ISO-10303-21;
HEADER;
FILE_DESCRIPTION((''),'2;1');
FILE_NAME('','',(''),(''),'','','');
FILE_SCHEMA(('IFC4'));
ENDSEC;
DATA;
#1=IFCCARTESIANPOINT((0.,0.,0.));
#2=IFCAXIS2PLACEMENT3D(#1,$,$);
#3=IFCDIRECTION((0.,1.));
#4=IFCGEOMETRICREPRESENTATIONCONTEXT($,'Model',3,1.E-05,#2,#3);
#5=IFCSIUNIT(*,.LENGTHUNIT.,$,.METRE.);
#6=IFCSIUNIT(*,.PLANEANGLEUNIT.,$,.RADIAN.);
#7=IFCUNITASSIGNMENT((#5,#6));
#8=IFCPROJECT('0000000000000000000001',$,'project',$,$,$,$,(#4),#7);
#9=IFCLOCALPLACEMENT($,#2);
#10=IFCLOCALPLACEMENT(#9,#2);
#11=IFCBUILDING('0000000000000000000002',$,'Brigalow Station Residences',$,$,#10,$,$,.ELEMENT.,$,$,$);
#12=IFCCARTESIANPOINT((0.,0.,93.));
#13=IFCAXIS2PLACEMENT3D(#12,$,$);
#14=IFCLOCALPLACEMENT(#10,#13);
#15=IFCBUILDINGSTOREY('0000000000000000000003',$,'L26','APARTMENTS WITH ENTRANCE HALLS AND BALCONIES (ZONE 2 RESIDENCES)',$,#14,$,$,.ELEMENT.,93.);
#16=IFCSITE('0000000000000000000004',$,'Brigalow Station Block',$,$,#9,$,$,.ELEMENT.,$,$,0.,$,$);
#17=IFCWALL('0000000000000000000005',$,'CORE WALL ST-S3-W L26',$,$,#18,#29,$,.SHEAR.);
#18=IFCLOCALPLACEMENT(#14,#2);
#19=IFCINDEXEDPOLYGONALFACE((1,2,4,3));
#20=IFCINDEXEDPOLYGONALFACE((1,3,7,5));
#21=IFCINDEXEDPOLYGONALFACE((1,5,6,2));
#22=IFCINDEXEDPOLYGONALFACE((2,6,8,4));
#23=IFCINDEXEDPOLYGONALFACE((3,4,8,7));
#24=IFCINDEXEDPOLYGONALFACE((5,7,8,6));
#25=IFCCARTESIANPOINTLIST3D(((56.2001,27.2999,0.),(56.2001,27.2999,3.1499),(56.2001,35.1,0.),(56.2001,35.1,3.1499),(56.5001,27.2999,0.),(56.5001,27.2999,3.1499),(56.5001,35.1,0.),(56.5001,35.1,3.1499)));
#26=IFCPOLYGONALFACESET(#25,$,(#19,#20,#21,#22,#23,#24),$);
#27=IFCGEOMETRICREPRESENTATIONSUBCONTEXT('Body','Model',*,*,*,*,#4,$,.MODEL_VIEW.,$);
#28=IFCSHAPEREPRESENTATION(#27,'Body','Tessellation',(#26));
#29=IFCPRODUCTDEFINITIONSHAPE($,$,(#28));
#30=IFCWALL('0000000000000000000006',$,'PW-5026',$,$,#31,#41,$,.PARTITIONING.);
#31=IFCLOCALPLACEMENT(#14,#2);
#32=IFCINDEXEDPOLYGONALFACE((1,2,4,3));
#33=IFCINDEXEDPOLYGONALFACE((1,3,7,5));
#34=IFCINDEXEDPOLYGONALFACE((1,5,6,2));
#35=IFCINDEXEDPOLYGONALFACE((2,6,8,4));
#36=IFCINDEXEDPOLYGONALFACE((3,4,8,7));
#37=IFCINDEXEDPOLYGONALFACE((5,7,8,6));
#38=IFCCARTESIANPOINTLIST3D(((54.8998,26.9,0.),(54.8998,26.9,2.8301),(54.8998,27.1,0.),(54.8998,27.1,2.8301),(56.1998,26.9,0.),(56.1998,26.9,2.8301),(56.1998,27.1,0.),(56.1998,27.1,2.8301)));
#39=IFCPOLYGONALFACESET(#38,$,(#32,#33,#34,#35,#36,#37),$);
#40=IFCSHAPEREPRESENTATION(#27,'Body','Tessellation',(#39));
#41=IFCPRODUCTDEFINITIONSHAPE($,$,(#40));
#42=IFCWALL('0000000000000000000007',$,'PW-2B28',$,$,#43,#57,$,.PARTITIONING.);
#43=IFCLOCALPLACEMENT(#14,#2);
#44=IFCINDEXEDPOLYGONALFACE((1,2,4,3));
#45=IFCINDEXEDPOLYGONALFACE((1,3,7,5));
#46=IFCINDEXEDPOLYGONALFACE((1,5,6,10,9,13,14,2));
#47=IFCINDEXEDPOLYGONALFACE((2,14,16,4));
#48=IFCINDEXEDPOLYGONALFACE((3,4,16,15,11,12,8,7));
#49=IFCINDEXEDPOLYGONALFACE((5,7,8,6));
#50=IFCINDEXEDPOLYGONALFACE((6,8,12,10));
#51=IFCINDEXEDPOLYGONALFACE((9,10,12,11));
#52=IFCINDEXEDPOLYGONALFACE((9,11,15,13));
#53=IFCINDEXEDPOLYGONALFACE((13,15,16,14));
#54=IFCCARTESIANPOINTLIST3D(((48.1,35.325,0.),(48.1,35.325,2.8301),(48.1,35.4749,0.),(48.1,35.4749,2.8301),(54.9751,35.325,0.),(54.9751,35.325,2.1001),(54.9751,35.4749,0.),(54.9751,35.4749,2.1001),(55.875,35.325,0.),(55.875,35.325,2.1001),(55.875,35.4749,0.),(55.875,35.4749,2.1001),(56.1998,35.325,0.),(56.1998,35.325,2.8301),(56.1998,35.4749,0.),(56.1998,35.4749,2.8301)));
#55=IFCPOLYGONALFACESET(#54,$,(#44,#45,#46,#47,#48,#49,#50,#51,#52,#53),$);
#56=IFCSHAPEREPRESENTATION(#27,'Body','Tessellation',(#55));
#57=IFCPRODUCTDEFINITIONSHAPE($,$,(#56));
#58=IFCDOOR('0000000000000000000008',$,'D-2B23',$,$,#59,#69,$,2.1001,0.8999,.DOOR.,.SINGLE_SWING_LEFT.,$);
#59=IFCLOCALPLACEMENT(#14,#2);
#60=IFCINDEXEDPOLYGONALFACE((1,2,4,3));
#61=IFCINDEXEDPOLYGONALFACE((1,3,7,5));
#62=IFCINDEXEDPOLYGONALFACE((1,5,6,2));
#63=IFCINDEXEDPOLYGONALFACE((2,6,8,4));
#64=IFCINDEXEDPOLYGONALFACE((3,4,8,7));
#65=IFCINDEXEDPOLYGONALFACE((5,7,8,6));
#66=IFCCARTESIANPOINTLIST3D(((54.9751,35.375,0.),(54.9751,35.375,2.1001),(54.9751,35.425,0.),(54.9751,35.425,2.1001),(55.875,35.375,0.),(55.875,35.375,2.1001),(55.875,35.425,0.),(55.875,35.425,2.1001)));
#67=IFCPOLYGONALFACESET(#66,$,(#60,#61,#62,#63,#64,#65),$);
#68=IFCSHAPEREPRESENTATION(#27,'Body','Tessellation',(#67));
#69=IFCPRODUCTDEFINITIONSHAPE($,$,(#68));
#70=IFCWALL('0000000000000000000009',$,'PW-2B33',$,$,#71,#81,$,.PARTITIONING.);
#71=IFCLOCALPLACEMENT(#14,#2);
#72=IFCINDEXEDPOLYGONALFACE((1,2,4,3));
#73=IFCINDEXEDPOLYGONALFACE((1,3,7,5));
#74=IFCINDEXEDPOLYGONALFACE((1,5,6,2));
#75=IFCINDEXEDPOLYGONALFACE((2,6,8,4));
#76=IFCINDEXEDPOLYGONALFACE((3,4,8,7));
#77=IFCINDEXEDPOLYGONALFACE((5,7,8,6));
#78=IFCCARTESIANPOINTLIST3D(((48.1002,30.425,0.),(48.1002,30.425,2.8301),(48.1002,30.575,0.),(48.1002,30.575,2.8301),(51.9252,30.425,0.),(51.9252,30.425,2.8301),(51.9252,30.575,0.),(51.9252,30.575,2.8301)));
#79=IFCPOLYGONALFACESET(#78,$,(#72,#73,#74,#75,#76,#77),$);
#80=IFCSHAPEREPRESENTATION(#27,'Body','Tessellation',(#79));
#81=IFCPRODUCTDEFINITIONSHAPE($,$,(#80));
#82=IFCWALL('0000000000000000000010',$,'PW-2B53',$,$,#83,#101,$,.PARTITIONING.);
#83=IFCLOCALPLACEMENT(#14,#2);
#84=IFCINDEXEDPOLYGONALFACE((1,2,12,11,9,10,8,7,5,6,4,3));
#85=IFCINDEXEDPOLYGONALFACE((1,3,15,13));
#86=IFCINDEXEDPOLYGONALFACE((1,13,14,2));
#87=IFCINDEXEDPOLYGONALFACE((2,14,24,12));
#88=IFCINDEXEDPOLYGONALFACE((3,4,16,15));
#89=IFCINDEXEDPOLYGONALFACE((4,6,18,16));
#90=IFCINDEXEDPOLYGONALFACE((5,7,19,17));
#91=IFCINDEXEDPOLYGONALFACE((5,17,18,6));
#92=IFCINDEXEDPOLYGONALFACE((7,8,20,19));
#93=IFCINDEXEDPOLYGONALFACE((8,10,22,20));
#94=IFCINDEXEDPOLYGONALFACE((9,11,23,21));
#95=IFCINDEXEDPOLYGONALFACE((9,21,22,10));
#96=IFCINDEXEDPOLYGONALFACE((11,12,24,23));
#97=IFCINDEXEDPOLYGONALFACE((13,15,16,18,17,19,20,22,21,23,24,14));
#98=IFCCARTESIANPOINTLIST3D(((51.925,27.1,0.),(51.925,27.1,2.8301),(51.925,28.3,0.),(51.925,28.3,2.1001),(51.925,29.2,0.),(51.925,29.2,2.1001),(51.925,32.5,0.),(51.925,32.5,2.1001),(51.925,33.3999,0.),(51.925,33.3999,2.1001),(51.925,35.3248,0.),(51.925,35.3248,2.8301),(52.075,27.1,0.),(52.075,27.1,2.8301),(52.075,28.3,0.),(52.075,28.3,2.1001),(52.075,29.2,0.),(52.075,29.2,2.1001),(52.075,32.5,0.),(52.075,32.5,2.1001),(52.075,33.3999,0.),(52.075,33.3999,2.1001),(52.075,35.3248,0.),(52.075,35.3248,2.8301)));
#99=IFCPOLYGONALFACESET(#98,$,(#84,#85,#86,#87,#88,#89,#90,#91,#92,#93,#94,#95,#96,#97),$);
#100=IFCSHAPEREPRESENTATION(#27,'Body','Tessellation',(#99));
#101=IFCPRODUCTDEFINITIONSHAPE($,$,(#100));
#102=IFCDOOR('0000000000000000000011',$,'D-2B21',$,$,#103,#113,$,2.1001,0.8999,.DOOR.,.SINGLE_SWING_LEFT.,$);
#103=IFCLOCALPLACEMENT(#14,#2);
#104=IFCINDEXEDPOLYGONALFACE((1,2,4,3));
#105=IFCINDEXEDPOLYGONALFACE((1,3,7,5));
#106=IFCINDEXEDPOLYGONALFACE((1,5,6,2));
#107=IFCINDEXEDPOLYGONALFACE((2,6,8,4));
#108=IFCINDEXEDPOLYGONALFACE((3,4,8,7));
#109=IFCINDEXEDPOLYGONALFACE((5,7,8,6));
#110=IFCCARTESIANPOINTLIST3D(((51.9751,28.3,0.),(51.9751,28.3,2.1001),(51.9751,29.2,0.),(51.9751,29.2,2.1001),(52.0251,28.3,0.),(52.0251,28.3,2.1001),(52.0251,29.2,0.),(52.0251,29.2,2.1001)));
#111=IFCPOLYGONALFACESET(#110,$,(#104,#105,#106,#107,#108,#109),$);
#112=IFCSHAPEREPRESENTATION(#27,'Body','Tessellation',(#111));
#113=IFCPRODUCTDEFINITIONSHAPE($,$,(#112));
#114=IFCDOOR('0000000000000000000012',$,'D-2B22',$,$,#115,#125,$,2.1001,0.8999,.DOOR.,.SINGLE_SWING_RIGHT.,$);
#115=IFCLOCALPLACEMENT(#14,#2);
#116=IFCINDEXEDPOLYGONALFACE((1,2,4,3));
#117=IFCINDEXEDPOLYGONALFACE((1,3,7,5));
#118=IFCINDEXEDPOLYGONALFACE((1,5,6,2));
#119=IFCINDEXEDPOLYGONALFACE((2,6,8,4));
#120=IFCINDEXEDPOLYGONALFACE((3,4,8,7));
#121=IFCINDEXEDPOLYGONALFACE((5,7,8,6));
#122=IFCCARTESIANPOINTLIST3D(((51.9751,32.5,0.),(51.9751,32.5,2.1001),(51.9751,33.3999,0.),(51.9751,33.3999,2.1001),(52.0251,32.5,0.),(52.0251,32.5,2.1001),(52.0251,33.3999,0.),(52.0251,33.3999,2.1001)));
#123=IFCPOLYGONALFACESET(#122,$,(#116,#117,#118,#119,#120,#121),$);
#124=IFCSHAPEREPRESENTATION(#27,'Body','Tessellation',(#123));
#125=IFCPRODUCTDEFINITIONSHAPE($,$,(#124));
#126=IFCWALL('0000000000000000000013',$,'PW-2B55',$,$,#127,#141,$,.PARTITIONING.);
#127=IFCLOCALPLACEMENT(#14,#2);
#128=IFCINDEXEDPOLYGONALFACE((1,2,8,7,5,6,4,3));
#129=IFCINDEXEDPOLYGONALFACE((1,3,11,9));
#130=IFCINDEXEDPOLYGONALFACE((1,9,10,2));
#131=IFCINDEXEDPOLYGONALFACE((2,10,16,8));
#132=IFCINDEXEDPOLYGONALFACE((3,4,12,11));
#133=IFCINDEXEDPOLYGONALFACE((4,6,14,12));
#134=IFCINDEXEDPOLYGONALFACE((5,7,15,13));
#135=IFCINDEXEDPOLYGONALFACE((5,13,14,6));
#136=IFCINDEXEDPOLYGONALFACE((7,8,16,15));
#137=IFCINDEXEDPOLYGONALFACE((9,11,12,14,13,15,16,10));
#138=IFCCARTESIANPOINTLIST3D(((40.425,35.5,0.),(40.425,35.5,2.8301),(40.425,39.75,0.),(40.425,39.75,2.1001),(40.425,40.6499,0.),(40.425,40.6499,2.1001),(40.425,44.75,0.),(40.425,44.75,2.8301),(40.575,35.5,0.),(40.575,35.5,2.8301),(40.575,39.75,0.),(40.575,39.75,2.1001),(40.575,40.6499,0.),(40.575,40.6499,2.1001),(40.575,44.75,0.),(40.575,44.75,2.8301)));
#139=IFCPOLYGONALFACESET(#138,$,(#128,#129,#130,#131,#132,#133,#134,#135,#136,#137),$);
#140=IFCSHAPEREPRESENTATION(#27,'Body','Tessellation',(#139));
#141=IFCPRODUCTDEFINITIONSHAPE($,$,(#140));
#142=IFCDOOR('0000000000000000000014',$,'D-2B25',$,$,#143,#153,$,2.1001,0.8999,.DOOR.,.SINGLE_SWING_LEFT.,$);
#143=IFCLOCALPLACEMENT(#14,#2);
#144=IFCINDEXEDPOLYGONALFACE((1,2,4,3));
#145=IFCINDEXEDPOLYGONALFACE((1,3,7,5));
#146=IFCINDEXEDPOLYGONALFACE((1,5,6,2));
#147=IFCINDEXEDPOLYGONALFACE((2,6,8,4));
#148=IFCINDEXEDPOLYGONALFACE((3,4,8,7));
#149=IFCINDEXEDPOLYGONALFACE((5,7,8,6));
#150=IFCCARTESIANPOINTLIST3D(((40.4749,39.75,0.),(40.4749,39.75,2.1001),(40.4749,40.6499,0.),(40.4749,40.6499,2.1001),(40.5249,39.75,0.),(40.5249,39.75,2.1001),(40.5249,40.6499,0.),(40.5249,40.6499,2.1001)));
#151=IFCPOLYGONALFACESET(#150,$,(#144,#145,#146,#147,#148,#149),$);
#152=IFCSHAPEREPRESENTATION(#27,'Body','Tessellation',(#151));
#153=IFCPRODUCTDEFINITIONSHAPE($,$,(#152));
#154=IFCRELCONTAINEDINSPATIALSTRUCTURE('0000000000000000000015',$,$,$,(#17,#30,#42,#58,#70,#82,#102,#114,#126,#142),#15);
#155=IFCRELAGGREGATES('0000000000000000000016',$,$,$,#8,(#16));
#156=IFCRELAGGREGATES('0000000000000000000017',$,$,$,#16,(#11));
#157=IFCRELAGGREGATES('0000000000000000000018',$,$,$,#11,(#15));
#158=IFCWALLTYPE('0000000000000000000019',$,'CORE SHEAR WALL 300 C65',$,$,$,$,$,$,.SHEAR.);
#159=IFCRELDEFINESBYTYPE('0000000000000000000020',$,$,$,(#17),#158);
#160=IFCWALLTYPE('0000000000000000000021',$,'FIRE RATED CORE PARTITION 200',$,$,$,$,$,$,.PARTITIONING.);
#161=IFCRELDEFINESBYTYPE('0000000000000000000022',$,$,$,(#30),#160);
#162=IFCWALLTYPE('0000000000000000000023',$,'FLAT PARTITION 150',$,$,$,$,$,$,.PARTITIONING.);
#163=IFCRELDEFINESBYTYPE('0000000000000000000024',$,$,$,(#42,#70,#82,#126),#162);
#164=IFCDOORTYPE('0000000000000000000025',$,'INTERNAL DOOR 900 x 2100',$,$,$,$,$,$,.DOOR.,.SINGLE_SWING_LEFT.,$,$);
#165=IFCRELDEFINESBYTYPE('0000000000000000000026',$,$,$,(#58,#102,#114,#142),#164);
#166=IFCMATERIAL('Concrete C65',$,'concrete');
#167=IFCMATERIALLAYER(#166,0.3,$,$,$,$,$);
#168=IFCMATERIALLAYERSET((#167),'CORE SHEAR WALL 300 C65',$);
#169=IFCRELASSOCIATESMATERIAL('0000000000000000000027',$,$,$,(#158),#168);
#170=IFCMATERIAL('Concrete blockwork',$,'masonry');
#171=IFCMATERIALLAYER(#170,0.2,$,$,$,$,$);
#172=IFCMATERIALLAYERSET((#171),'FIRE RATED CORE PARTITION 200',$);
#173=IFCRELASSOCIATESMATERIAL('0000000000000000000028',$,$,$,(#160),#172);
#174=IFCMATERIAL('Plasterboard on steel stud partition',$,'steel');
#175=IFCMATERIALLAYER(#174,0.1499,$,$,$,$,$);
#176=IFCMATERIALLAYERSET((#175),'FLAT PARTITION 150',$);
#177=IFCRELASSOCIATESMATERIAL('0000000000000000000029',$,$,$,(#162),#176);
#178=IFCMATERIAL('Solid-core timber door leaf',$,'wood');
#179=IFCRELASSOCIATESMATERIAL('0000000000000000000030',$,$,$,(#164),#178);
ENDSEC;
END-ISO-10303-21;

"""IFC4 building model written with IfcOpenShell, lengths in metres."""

from ifc_helpers import new_model, si_unit, direction, frame, frame_2d, origin, place, context, subcontext, project, spatial, rectangle, extrude, material, layer, layer_set, type_object, element, fill, save


model = new_model("IFC4")

# Units and contexts
model_context = context("Model", 3, precision=1e-05, world=origin(), true_north=direction((0.0, 1.0)))
body_context = subcontext(model_context, "Body", "Model", "MODEL_VIEW")
ifc_project = project(units=[si_unit("LENGTHUNIT", "METRE"), si_unit("PLANEANGLEUNIT", "RADIAN")], contexts=[model_context])

# Site, building, storey
site_placement = place(None, origin())
site = spatial("IfcSite", under=ifc_project, at=site_placement, Name="Brigalow Station Block", CompositionType="ELEMENT", RefElevation=0.0)
building_placement = place(site_placement, origin())
building = spatial("IfcBuilding", under=site, at=building_placement, Name="Brigalow Station Residences", CompositionType="ELEMENT")
storey_placement = place(building_placement, frame((0.0, 0.0, 93.0)))
storey = spatial("IfcBuildingStorey", under=building, at=storey_placement, Name="L26", Description="APARTMENTS WITH ENTRANCE HALLS AND BALCONIES (ZONE 2 RESIDENCES)", CompositionType="ELEMENT", Elevation=93.0)

# Shared definitions
ifc_material_1 = material(Name="Concrete C65", Category="concrete")
ifc_layer_1 = layer(ifc_material_1, 0.3)
ifc_layer_set_1 = layer_set([ifc_layer_1], Name="CORE SHEAR WALL 300 C65")
wall_type_1 = type_object("IfcWallType", Name="CORE SHEAR WALL 300 C65", PredefinedType="SHEAR", material=ifc_layer_set_1)

# Walls
wall_1_placement = place(storey_placement, frame((56.3501, 27.3, 0.0), z_axis=(0.0, 0.0, 1.0), x_axis=(0.0, 1.0, 0.0)))
element("IfcWall", 1, at=wall_1_placement, inside=storey, type_object=wall_type_1, Name="CORE WALL ST-S3-W L26", PredefinedType="SHEAR", context=body_context, shape_type="SweptSolid", body=[
    extrude(rectangle(XDim=7.8, YDim=0.3, at=frame_2d((3.8999, 0.0))), origin(), (0.0, 0.0, 1.0), 3.1499),
])
ifc_material_2 = material(Name="Concrete blockwork", Category="masonry")
ifc_layer_2 = layer(ifc_material_2, 0.2)
ifc_layer_set_2 = layer_set([ifc_layer_2], Name="FIRE RATED CORE PARTITION 200")
wall_type_2 = type_object("IfcWallType", Name="FIRE RATED CORE PARTITION 200", PredefinedType="PARTITIONING", material=ifc_layer_set_2)
wall_2_placement = place(storey_placement, frame((54.8999, 27.0, 0.0), z_axis=(0.0, 0.0, 1.0), x_axis=(1.0, 0.0, 0.0)))
element("IfcWall", 2, at=wall_2_placement, inside=storey, type_object=wall_type_2, Name="PW-5026", PredefinedType="PARTITIONING", context=body_context, shape_type="SweptSolid", body=[
    extrude(rectangle(XDim=1.3, YDim=0.2, at=frame_2d((0.6499, 0.0))), origin(), (0.0, 0.0, 1.0), 2.8301),
])

# Wall, opening, door
ifc_material_3 = material(Name="Plasterboard on steel stud partition", Category="steel")
ifc_layer_3 = layer(ifc_material_3, 0.1499)
ifc_layer_set_3 = layer_set([ifc_layer_3], Name="FLAT PARTITION 150")
wall_type_3 = type_object("IfcWallType", Name="FLAT PARTITION 150", PredefinedType="PARTITIONING", material=ifc_layer_set_3)
wall_3_placement = place(storey_placement, frame((48.1001, 35.3999, 0.0), z_axis=(0.0, 0.0, 1.0), x_axis=(1.0, 0.0, 0.0)))
wall_3 = element("IfcWall", 3, at=wall_3_placement, inside=storey, type_object=wall_type_3, Name="PW-2B28", PredefinedType="PARTITIONING", context=body_context, shape_type="SweptSolid", body=[
    extrude(rectangle(XDim=8.0999, YDim=0.1499, at=frame_2d((4.0498, 0.0))), origin(), (0.0, 0.0, 1.0), 2.8301),
])
opening_1_placement = place(wall_3_placement, frame((6.875, 0.0, 0.0)))
opening_1 = element("IfcOpeningElement", 4, at=opening_1_placement, cuts=wall_3, PredefinedType="OPENING", context=body_context, shape_type="SweptSolid", body=[
    extrude(rectangle(XDim=0.8999, YDim=2.1001, at=frame_2d((0.45, 1.05))), frame((0.0, 0.085, 0.0), z_axis=(0.0, -1.0, 0.0), x_axis=(1.0, 0.0, 0.0)), (0.0, 0.0, 1.0), 0.1699),
])
ifc_material_4 = material(Name="Solid-core timber door leaf", Category="wood")
door_type_1 = type_object("IfcDoorType", Name="INTERNAL DOOR 900 x 2100", OperationType="SINGLE_SWING_LEFT", PredefinedType="DOOR", material=ifc_material_4)
door_1_placement = place(opening_1_placement, frame((0.8999, 0.0, 0.0), z_axis=(0.0, 0.0, 1.0), x_axis=(-1.0, 0.0, 0.0)))
door_1 = element("IfcDoor", 5, at=door_1_placement, inside=storey, type_object=door_type_1, Name="D-2B23", OperationType="SINGLE_SWING_LEFT", OverallHeight=2.1001, OverallWidth=0.8999, PredefinedType="DOOR", context=body_context, shape_type="SweptSolid", body=[
    extrude(rectangle(XDim=0.8999, YDim=2.1001, at=frame_2d((0.45, 1.05))), frame((0.0, 0.0249, 0.0), z_axis=(0.0, -1.0, 0.0), x_axis=(1.0, 0.0, 0.0)), (0.0, 0.0, 1.0), 0.05),
])
fill(opening_1, door_1)

# Wall
wall_4_placement = place(storey_placement, frame((48.1001, 30.5, 0.0), z_axis=(0.0, 0.0, 1.0), x_axis=(1.0, 0.0, 0.0)))
element("IfcWall", 6, at=wall_4_placement, inside=storey, type_object=wall_type_3, Name="PW-2B33", PredefinedType="PARTITIONING", context=body_context, shape_type="SweptSolid", body=[
    extrude(rectangle(XDim=3.825, YDim=0.1499, at=frame_2d((1.9126, 0.0))), origin(), (0.0, 0.0, 1.0), 2.8301),
])

# Wall, openings, doors
wall_5_placement = place(storey_placement, frame((52.0, 27.1001, 0.0), z_axis=(0.0, 0.0, 1.0), x_axis=(0.0, 1.0, 0.0)))
wall_5 = element("IfcWall", 7, at=wall_5_placement, inside=storey, type_object=wall_type_3, Name="PW-2B53", PredefinedType="PARTITIONING", context=body_context, shape_type="SweptSolid", body=[
    extrude(rectangle(XDim=8.2249, YDim=0.1499, at=frame_2d((4.1123, 0.0))), origin(), (0.0, 0.0, 1.0), 2.8301),
])
opening_2_placement = place(wall_5_placement, frame((1.2, 0.0, 0.0)))
opening_2 = element("IfcOpeningElement", 8, at=opening_2_placement, cuts=wall_5, PredefinedType="OPENING", context=body_context, shape_type="SweptSolid", body=[
    extrude(rectangle(XDim=0.8999, YDim=2.1001, at=frame_2d((0.45, 1.05))), frame((0.0, 0.085, 0.0), z_axis=(0.0, -1.0, 0.0), x_axis=(1.0, 0.0, 0.0)), (0.0, 0.0, 1.0), 0.1699),
])
opening_3_placement = place(wall_5_placement, frame((5.3999, 0.0, 0.0)))
opening_3 = element("IfcOpeningElement", 9, at=opening_3_placement, cuts=wall_5, PredefinedType="OPENING", context=body_context, shape_type="SweptSolid", body=[
    extrude(rectangle(XDim=0.8999, YDim=2.1001, at=frame_2d((0.45, 1.05))), frame((0.0, 0.085, 0.0), z_axis=(0.0, -1.0, 0.0), x_axis=(1.0, 0.0, 0.0)), (0.0, 0.0, 1.0), 0.1699),
])
door_2_placement = place(opening_2_placement, origin())
door_2 = element("IfcDoor", 10, at=door_2_placement, inside=storey, type_object=door_type_1, Name="D-2B21", OperationType="SINGLE_SWING_LEFT", OverallHeight=2.1001, OverallWidth=0.8999, PredefinedType="DOOR", context=body_context, shape_type="SweptSolid", body=[
    extrude(rectangle(XDim=0.8999, YDim=2.1001, at=frame_2d((0.45, 1.05))), frame((0.0, 0.0249, 0.0), z_axis=(0.0, -1.0, 0.0), x_axis=(1.0, 0.0, 0.0)), (0.0, 0.0, 1.0), 0.05),
])
fill(opening_2, door_2)
door_3_placement = place(opening_3_placement, origin())
door_3 = element("IfcDoor", 11, at=door_3_placement, inside=storey, type_object=door_type_1, Name="D-2B22", OperationType="SINGLE_SWING_RIGHT", OverallHeight=2.1001, OverallWidth=0.8999, PredefinedType="DOOR", context=body_context, shape_type="SweptSolid", body=[
    extrude(rectangle(XDim=0.8999, YDim=2.1001, at=frame_2d((0.45, 1.05))), frame((0.0, 0.0249, 0.0), z_axis=(0.0, -1.0, 0.0), x_axis=(1.0, 0.0, 0.0)), (0.0, 0.0, 1.0), 0.05),
])
fill(opening_3, door_3)

# Wall, opening, door
wall_6_placement = place(storey_placement, frame((40.5, 35.5, 0.0), z_axis=(0.0, 0.0, 1.0), x_axis=(0.0, 1.0, 0.0)))
wall_6 = element("IfcWall", 12, at=wall_6_placement, inside=storey, type_object=wall_type_3, Name="PW-2B55", PredefinedType="PARTITIONING", context=body_context, shape_type="SweptSolid", body=[
    extrude(rectangle(XDim=9.25, YDim=0.1499, at=frame_2d((4.625, 0.0))), origin(), (0.0, 0.0, 1.0), 2.8301),
])
opening_4_placement = place(wall_6_placement, frame((4.25, 0.0, 0.0)))
opening_4 = element("IfcOpeningElement", 13, at=opening_4_placement, cuts=wall_6, PredefinedType="OPENING", context=body_context, shape_type="SweptSolid", body=[
    extrude(rectangle(XDim=0.8999, YDim=2.1001, at=frame_2d((0.45, 1.05))), frame((0.0, 0.085, 0.0), z_axis=(0.0, -1.0, 0.0), x_axis=(1.0, 0.0, 0.0)), (0.0, 0.0, 1.0), 0.1699),
])
door_4_placement = place(opening_4_placement, frame((0.8999, 0.0, 0.0), z_axis=(0.0, 0.0, 1.0), x_axis=(-1.0, 0.0, 0.0)))
door_4 = element("IfcDoor", 14, at=door_4_placement, inside=storey, type_object=door_type_1, Name="D-2B25", OperationType="SINGLE_SWING_LEFT", OverallHeight=2.1001, OverallWidth=0.8999, PredefinedType="DOOR", context=body_context, shape_type="SweptSolid", body=[
    extrude(rectangle(XDim=0.8999, YDim=2.1001, at=frame_2d((0.45, 1.05))), frame((0.0, 0.0249, 0.0), z_axis=(0.0, -1.0, 0.0), x_axis=(1.0, 0.0, 0.0)), (0.0, 0.0, 1.0), 0.05),
])
fill(opening_4, door_4)

save(model, "model.ifc")
